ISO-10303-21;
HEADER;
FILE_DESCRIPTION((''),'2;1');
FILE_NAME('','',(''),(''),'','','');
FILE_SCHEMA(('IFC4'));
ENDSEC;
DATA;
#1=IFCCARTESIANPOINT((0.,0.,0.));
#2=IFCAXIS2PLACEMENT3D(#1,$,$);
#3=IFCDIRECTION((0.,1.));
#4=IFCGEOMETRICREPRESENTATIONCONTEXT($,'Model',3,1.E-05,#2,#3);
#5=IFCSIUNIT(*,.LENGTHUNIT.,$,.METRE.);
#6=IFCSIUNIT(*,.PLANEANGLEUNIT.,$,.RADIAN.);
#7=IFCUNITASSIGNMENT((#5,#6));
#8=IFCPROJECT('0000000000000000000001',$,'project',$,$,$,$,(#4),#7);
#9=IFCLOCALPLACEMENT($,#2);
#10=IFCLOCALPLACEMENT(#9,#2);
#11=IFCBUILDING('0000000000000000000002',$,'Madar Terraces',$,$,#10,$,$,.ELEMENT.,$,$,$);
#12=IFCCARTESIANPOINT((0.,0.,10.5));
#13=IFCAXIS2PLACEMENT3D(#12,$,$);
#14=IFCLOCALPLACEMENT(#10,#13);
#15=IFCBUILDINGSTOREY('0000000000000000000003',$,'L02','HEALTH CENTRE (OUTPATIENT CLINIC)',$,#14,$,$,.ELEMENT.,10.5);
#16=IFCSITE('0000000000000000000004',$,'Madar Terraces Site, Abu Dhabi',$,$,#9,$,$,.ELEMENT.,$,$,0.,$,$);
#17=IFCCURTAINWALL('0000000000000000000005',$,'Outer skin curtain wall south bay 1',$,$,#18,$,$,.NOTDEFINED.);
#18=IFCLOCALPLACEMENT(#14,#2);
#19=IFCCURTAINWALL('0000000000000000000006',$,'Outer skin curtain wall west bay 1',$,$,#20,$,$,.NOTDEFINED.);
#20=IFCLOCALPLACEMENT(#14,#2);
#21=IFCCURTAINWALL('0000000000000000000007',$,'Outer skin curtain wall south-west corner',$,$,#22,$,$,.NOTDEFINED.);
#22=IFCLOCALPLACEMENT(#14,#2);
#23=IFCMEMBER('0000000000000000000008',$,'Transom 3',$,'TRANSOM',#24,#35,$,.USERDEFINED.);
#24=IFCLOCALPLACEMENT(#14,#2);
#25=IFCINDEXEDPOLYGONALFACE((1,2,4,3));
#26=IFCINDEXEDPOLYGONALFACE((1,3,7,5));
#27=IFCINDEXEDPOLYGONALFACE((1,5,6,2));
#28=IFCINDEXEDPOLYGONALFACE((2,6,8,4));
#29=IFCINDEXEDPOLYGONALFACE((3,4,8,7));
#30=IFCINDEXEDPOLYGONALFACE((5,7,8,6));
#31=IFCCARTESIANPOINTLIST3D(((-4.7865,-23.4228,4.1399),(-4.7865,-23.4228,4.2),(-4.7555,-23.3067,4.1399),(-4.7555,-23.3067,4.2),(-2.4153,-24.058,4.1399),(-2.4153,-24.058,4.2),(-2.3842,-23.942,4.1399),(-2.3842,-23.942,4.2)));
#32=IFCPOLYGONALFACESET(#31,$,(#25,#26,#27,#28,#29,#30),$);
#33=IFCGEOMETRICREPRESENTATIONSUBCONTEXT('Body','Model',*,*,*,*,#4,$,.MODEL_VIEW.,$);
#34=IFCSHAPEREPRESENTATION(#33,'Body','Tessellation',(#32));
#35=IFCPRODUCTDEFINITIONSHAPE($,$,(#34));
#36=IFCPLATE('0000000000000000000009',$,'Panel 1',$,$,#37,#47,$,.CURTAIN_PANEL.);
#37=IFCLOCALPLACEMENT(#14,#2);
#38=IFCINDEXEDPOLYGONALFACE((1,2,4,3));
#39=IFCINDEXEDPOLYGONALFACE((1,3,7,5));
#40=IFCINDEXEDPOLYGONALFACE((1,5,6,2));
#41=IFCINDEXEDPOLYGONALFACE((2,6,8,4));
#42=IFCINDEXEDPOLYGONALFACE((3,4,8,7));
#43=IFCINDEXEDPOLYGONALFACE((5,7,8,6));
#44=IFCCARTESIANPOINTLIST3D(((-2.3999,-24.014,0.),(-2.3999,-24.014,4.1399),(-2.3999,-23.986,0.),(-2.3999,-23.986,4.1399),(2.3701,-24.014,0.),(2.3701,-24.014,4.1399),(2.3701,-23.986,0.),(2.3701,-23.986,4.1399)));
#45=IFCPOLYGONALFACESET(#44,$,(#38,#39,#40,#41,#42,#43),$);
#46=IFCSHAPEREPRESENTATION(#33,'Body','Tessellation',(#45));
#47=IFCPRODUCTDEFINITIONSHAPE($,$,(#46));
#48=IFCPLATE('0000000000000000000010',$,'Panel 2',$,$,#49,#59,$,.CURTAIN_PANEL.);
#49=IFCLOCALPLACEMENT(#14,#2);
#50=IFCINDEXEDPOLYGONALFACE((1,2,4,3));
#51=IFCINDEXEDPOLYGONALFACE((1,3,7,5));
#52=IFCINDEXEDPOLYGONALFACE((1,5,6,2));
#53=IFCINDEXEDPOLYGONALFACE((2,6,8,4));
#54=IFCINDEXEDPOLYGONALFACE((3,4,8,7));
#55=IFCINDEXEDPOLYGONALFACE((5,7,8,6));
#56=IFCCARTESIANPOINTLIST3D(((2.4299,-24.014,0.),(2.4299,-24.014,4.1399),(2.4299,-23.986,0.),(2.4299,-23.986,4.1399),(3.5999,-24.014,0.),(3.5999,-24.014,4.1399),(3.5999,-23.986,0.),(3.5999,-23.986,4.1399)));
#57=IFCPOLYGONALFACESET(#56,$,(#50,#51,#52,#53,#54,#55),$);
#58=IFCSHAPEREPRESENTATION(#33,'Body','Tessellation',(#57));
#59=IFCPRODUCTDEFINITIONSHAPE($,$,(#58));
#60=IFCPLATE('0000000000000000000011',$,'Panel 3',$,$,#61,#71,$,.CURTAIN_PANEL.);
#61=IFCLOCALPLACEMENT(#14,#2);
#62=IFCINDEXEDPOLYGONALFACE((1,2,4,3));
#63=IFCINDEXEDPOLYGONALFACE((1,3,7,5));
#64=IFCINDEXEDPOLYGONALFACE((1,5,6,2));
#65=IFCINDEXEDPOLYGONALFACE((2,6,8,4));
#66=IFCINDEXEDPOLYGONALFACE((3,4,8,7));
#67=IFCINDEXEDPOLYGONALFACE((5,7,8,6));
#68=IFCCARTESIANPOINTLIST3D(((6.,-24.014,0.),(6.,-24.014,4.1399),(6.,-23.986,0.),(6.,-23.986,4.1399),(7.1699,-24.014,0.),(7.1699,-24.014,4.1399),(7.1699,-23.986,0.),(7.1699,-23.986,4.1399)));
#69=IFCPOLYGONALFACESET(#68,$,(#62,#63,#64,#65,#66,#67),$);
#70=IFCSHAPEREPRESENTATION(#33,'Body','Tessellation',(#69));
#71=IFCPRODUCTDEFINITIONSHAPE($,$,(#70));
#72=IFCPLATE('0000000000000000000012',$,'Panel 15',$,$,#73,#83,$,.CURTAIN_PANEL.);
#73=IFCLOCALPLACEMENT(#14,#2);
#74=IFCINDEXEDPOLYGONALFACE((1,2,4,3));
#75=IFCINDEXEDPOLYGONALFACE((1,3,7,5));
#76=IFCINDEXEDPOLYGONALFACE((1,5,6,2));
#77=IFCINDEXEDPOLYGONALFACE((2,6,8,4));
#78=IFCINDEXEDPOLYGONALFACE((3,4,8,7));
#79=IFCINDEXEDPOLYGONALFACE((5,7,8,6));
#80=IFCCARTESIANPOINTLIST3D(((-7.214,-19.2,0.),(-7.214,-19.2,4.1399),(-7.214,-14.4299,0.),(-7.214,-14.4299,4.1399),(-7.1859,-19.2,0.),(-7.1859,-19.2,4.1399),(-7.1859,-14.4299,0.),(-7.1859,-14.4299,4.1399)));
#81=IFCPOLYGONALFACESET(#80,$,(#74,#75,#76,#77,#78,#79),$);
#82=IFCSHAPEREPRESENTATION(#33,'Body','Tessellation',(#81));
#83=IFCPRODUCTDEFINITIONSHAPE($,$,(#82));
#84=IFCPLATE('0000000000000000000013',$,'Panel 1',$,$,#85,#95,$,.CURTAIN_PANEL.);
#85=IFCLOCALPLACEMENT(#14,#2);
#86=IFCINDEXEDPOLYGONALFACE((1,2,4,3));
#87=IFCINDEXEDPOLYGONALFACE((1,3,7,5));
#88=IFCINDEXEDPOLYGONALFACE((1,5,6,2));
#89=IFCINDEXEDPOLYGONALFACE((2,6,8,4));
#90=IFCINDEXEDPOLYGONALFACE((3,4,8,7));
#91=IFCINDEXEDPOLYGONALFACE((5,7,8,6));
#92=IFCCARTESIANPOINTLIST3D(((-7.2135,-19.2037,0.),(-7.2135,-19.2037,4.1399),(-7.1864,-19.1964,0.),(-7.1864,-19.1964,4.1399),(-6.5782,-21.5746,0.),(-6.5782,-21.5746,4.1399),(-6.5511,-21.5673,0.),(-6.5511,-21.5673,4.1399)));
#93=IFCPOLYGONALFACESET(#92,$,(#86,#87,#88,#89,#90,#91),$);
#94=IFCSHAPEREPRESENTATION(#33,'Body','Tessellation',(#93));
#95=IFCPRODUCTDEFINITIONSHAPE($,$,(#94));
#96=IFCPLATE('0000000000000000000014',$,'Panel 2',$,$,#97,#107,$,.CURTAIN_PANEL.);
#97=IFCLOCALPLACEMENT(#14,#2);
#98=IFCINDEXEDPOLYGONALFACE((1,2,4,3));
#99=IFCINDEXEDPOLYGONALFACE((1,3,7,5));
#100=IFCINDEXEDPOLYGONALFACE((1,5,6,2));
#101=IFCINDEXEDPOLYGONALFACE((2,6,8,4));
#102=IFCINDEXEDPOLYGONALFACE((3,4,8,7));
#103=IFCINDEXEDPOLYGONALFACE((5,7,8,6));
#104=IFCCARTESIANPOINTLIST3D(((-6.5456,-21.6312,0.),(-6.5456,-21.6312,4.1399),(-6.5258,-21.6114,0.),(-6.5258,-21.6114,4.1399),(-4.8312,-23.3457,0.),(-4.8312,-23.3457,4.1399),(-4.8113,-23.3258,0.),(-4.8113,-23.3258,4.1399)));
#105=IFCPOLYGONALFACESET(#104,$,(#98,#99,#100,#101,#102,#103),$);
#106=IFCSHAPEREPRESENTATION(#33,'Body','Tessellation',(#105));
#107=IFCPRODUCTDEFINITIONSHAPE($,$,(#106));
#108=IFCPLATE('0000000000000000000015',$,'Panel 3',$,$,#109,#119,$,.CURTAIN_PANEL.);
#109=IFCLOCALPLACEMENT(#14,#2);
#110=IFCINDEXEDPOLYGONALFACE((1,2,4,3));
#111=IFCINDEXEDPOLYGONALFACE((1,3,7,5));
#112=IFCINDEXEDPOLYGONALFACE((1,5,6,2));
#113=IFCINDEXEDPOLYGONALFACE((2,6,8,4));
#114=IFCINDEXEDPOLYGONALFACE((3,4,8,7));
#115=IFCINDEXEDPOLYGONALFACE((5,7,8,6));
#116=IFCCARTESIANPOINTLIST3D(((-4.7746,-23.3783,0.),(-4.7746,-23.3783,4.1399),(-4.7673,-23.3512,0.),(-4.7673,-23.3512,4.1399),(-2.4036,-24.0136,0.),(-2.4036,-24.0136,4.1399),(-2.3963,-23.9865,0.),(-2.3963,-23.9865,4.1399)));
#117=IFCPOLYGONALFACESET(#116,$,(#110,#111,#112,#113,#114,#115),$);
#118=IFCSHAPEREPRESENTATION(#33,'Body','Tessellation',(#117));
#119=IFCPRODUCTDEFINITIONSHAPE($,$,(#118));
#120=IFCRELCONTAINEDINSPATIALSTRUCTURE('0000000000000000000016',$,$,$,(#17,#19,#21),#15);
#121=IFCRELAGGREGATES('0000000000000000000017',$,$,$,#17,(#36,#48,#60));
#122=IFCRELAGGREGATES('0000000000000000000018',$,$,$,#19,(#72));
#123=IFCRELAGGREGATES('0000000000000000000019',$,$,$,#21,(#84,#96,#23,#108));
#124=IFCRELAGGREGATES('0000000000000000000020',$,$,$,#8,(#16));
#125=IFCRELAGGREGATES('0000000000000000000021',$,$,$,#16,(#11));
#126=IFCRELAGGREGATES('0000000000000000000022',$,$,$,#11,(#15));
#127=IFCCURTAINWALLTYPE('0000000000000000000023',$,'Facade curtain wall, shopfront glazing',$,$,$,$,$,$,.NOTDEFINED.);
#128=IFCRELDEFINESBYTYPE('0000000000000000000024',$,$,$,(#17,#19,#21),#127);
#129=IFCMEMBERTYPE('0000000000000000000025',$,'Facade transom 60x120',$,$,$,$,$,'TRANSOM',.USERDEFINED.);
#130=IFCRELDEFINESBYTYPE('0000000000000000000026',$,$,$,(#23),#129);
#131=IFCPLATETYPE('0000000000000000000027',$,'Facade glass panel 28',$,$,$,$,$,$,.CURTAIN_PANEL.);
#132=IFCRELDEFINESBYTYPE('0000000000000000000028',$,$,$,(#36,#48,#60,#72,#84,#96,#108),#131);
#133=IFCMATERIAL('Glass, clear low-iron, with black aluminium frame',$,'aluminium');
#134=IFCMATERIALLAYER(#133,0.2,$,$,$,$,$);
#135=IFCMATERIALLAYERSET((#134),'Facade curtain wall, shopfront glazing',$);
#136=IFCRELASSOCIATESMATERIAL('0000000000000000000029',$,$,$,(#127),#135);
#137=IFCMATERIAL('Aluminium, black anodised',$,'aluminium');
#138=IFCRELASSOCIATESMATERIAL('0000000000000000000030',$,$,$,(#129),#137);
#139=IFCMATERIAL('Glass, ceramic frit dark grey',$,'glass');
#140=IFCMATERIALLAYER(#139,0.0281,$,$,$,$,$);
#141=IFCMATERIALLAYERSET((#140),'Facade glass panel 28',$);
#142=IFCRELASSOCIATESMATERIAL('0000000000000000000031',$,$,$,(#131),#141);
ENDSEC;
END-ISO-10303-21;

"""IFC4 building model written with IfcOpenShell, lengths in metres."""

from ifc_helpers import new_model, si_unit, direction, frame, origin, origin_2d, place, context, subcontext, project, spatial, rectangle, extrude, material, layer, layer_set, material_profile, profile_set, type_object, element, aggregate, save


model = new_model("IFC4")

# Units and contexts
model_context = context("Model", 3, precision=1e-05, world=origin(), true_north=direction((0.0, 1.0)))
body_context = subcontext(model_context, "Body", "Model", "MODEL_VIEW")
ifc_project = project(units=[si_unit("LENGTHUNIT", "METRE"), si_unit("PLANEANGLEUNIT", "RADIAN")], contexts=[model_context])

# Site, building, storey
site_placement = place(None, origin())
site = spatial("IfcSite", under=ifc_project, at=site_placement, Name="Madar Terraces Site, Abu Dhabi", CompositionType="ELEMENT", RefElevation=0.0)
building_placement = place(site_placement, origin())
building = spatial("IfcBuilding", under=site, at=building_placement, Name="Madar Terraces", CompositionType="ELEMENT")
storey_placement = place(building_placement, frame((0.0, 0.0, 10.5)))
storey = spatial("IfcBuildingStorey", under=building, at=storey_placement, Name="L02", Description="HEALTH CENTRE (OUTPATIENT CLINIC)", CompositionType="ELEMENT", Elevation=10.5)

# Curtain walls
ifc_material_1 = material(Name="Glass, clear low-iron, with black aluminium frame", Category="aluminium")
ifc_layer_1 = layer(ifc_material_1, 0.2)
ifc_layer_set_1 = layer_set([ifc_layer_1], Name="Facade curtain wall, shopfront glazing")
curtain_wall_type = type_object("IfcCurtainWallType", Name="Facade curtain wall, shopfront glazing", PredefinedType="NOTDEFINED", material=ifc_layer_set_1)
curtain_wall_1_placement = place(storey_placement, origin())
curtain_wall_1 = element("IfcCurtainWall", 1, at=curtain_wall_1_placement, inside=storey, type_object=curtain_wall_type, Name="Outer skin curtain wall south bay 1", PredefinedType="NOTDEFINED")
curtain_wall_2_placement = place(storey_placement, origin())
curtain_wall_2 = element("IfcCurtainWall", 2, at=curtain_wall_2_placement, inside=storey, type_object=curtain_wall_type, Name="Outer skin curtain wall west bay 1", PredefinedType="NOTDEFINED")

# Curtain wall
curtain_wall_3_placement = place(storey_placement, origin())
curtain_wall_3 = element("IfcCurtainWall", 3, at=curtain_wall_3_placement, inside=storey, type_object=curtain_wall_type, Name="Outer skin curtain wall south-west corner", PredefinedType="NOTDEFINED")

# Member
ifc_material_2 = material(Name="Aluminium, black anodised", Category="aluminium")
ifc_material_profile_1 = material_profile(ifc_material_2, rectangle(XDim=0.1201, YDim=0.0601, at=origin_2d()), Name="Facade transom 60x120")
ifc_profile_set_1 = profile_set([ifc_material_profile_1], Name="Aluminium, black anodised")
member_type_1 = type_object("IfcMemberType", Name="Facade transom 60x120", ElementType="TRANSOM", PredefinedType="USERDEFINED", material=ifc_profile_set_1)
member_1_placement = place(storey_placement, frame((-4.771, -23.3647, 4.1699), z_axis=(0.965934, -0.258789, 0.0), x_axis=(0.258789, 0.965934, 0.0)))
member_1 = element("IfcMember", 4, at=member_1_placement, type_object=member_type_1, Name="Transom 3", ObjectType="TRANSOM", PredefinedType="USERDEFINED", context=body_context, shape_type="SweptSolid", body=[
    extrude(rectangle(XDim=0.1201, YDim=0.0601, at=origin_2d()), origin(), (0.0, 0.0, 1.0), 2.4548),
])

# Plates
ifc_material_3 = material(Name="Glass, ceramic frit dark grey", Category="glass")
ifc_layer_2 = layer(ifc_material_3, 0.0281)
ifc_layer_set_2 = layer_set([ifc_layer_2], Name="Facade glass panel 28")
plate_type = type_object("IfcPlateType", Name="Facade glass panel 28", PredefinedType="CURTAIN_PANEL", material=ifc_layer_set_2)
plate_1_placement = place(storey_placement, frame((-0.0149, -24.0, 0.0), z_axis=(0.0, 0.0, 1.0), x_axis=(1.0, 0.0, 0.0)))
plate_1 = element("IfcPlate", 5, at=plate_1_placement, type_object=plate_type, Name="Panel 1", PredefinedType="CURTAIN_PANEL", context=body_context, shape_type="SweptSolid", body=[
    extrude(rectangle(XDim=4.77, YDim=0.0281, at=origin_2d()), origin(), (0.0, 0.0, 1.0), 4.1399),
])
plate_2_placement = place(storey_placement, frame((3.0149, -24.0, 0.0), z_axis=(0.0, 0.0, 1.0), x_axis=(1.0, 0.0, 0.0)))
plate_2 = element("IfcPlate", 6, at=plate_2_placement, type_object=plate_type, Name="Panel 2", PredefinedType="CURTAIN_PANEL", context=body_context, shape_type="SweptSolid", body=[
    extrude(rectangle(XDim=1.1699, YDim=0.0281, at=origin_2d()), origin(), (0.0, 0.0, 1.0), 4.1399),
])
plate_3_placement = place(storey_placement, frame((6.585, -24.0, 0.0), z_axis=(0.0, 0.0, 1.0), x_axis=(1.0, 0.0, 0.0)))
plate_3 = element("IfcPlate", 7, at=plate_3_placement, type_object=plate_type, Name="Panel 3", PredefinedType="CURTAIN_PANEL", context=body_context, shape_type="SweptSolid", body=[
    extrude(rectangle(XDim=1.1699, YDim=0.0281, at=origin_2d()), origin(), (0.0, 0.0, 1.0), 4.1399),
])
aggregate(curtain_wall_1, [plate_1, plate_2, plate_3])
plate_4_placement = place(storey_placement, frame((-7.2, -16.8149, 0.0), z_axis=(0.0, 0.0, 1.0), x_axis=(0.0, -1.0, 0.0)))
plate_4 = element("IfcPlate", 8, at=plate_4_placement, type_object=plate_type, Name="Panel 15", PredefinedType="CURTAIN_PANEL", context=body_context, shape_type="SweptSolid", body=[
    extrude(rectangle(XDim=4.77, YDim=0.0281, at=origin_2d()), origin(), (0.0, 0.0, 1.0), 4.1399),
])
aggregate(curtain_wall_2, [plate_4])
plate_5_placement = place(storey_placement, frame((-6.8823, -20.3855, 0.0), z_axis=(0.0, 0.0, 1.0), x_axis=(0.258819, -0.965926, 0.0)))
plate_5 = element("IfcPlate", 9, at=plate_5_placement, type_object=plate_type, Name="Panel 1", PredefinedType="CURTAIN_PANEL", context=body_context, shape_type="SweptSolid", body=[
    extrude(rectangle(XDim=2.4546, YDim=0.0281, at=origin_2d()), origin(), (0.0, 0.0, 1.0), 4.1399),
])
plate_6_placement = place(storey_placement, frame((-5.6785, -22.4785, 0.0), z_axis=(0.0, 0.0, 1.0), x_axis=(0.707107, -0.707107, 0.0)))
plate_6 = element("IfcPlate", 10, at=plate_6_placement, type_object=plate_type, Name="Panel 2", PredefinedType="CURTAIN_PANEL", context=body_context, shape_type="SweptSolid", body=[
    extrude(rectangle(XDim=2.4246, YDim=0.0281, at=origin_2d()), origin(), (0.0, 0.0, 1.0), 4.1399),
])
plate_7_placement = place(storey_placement, frame((-3.5854, -23.6824, 0.0), z_axis=(0.0, 0.0, 1.0), x_axis=(0.965926, -0.258819, 0.0)))
plate_7 = element("IfcPlate", 11, at=plate_7_placement, type_object=plate_type, Name="Panel 3", PredefinedType="CURTAIN_PANEL", context=body_context, shape_type="SweptSolid", body=[
    extrude(rectangle(XDim=2.4546, YDim=0.0281, at=origin_2d()), origin(), (0.0, 0.0, 1.0), 4.1399),
])
aggregate(curtain_wall_3, [plate_5, plate_6, member_1, plate_7])

save(model, "model.ifc")
